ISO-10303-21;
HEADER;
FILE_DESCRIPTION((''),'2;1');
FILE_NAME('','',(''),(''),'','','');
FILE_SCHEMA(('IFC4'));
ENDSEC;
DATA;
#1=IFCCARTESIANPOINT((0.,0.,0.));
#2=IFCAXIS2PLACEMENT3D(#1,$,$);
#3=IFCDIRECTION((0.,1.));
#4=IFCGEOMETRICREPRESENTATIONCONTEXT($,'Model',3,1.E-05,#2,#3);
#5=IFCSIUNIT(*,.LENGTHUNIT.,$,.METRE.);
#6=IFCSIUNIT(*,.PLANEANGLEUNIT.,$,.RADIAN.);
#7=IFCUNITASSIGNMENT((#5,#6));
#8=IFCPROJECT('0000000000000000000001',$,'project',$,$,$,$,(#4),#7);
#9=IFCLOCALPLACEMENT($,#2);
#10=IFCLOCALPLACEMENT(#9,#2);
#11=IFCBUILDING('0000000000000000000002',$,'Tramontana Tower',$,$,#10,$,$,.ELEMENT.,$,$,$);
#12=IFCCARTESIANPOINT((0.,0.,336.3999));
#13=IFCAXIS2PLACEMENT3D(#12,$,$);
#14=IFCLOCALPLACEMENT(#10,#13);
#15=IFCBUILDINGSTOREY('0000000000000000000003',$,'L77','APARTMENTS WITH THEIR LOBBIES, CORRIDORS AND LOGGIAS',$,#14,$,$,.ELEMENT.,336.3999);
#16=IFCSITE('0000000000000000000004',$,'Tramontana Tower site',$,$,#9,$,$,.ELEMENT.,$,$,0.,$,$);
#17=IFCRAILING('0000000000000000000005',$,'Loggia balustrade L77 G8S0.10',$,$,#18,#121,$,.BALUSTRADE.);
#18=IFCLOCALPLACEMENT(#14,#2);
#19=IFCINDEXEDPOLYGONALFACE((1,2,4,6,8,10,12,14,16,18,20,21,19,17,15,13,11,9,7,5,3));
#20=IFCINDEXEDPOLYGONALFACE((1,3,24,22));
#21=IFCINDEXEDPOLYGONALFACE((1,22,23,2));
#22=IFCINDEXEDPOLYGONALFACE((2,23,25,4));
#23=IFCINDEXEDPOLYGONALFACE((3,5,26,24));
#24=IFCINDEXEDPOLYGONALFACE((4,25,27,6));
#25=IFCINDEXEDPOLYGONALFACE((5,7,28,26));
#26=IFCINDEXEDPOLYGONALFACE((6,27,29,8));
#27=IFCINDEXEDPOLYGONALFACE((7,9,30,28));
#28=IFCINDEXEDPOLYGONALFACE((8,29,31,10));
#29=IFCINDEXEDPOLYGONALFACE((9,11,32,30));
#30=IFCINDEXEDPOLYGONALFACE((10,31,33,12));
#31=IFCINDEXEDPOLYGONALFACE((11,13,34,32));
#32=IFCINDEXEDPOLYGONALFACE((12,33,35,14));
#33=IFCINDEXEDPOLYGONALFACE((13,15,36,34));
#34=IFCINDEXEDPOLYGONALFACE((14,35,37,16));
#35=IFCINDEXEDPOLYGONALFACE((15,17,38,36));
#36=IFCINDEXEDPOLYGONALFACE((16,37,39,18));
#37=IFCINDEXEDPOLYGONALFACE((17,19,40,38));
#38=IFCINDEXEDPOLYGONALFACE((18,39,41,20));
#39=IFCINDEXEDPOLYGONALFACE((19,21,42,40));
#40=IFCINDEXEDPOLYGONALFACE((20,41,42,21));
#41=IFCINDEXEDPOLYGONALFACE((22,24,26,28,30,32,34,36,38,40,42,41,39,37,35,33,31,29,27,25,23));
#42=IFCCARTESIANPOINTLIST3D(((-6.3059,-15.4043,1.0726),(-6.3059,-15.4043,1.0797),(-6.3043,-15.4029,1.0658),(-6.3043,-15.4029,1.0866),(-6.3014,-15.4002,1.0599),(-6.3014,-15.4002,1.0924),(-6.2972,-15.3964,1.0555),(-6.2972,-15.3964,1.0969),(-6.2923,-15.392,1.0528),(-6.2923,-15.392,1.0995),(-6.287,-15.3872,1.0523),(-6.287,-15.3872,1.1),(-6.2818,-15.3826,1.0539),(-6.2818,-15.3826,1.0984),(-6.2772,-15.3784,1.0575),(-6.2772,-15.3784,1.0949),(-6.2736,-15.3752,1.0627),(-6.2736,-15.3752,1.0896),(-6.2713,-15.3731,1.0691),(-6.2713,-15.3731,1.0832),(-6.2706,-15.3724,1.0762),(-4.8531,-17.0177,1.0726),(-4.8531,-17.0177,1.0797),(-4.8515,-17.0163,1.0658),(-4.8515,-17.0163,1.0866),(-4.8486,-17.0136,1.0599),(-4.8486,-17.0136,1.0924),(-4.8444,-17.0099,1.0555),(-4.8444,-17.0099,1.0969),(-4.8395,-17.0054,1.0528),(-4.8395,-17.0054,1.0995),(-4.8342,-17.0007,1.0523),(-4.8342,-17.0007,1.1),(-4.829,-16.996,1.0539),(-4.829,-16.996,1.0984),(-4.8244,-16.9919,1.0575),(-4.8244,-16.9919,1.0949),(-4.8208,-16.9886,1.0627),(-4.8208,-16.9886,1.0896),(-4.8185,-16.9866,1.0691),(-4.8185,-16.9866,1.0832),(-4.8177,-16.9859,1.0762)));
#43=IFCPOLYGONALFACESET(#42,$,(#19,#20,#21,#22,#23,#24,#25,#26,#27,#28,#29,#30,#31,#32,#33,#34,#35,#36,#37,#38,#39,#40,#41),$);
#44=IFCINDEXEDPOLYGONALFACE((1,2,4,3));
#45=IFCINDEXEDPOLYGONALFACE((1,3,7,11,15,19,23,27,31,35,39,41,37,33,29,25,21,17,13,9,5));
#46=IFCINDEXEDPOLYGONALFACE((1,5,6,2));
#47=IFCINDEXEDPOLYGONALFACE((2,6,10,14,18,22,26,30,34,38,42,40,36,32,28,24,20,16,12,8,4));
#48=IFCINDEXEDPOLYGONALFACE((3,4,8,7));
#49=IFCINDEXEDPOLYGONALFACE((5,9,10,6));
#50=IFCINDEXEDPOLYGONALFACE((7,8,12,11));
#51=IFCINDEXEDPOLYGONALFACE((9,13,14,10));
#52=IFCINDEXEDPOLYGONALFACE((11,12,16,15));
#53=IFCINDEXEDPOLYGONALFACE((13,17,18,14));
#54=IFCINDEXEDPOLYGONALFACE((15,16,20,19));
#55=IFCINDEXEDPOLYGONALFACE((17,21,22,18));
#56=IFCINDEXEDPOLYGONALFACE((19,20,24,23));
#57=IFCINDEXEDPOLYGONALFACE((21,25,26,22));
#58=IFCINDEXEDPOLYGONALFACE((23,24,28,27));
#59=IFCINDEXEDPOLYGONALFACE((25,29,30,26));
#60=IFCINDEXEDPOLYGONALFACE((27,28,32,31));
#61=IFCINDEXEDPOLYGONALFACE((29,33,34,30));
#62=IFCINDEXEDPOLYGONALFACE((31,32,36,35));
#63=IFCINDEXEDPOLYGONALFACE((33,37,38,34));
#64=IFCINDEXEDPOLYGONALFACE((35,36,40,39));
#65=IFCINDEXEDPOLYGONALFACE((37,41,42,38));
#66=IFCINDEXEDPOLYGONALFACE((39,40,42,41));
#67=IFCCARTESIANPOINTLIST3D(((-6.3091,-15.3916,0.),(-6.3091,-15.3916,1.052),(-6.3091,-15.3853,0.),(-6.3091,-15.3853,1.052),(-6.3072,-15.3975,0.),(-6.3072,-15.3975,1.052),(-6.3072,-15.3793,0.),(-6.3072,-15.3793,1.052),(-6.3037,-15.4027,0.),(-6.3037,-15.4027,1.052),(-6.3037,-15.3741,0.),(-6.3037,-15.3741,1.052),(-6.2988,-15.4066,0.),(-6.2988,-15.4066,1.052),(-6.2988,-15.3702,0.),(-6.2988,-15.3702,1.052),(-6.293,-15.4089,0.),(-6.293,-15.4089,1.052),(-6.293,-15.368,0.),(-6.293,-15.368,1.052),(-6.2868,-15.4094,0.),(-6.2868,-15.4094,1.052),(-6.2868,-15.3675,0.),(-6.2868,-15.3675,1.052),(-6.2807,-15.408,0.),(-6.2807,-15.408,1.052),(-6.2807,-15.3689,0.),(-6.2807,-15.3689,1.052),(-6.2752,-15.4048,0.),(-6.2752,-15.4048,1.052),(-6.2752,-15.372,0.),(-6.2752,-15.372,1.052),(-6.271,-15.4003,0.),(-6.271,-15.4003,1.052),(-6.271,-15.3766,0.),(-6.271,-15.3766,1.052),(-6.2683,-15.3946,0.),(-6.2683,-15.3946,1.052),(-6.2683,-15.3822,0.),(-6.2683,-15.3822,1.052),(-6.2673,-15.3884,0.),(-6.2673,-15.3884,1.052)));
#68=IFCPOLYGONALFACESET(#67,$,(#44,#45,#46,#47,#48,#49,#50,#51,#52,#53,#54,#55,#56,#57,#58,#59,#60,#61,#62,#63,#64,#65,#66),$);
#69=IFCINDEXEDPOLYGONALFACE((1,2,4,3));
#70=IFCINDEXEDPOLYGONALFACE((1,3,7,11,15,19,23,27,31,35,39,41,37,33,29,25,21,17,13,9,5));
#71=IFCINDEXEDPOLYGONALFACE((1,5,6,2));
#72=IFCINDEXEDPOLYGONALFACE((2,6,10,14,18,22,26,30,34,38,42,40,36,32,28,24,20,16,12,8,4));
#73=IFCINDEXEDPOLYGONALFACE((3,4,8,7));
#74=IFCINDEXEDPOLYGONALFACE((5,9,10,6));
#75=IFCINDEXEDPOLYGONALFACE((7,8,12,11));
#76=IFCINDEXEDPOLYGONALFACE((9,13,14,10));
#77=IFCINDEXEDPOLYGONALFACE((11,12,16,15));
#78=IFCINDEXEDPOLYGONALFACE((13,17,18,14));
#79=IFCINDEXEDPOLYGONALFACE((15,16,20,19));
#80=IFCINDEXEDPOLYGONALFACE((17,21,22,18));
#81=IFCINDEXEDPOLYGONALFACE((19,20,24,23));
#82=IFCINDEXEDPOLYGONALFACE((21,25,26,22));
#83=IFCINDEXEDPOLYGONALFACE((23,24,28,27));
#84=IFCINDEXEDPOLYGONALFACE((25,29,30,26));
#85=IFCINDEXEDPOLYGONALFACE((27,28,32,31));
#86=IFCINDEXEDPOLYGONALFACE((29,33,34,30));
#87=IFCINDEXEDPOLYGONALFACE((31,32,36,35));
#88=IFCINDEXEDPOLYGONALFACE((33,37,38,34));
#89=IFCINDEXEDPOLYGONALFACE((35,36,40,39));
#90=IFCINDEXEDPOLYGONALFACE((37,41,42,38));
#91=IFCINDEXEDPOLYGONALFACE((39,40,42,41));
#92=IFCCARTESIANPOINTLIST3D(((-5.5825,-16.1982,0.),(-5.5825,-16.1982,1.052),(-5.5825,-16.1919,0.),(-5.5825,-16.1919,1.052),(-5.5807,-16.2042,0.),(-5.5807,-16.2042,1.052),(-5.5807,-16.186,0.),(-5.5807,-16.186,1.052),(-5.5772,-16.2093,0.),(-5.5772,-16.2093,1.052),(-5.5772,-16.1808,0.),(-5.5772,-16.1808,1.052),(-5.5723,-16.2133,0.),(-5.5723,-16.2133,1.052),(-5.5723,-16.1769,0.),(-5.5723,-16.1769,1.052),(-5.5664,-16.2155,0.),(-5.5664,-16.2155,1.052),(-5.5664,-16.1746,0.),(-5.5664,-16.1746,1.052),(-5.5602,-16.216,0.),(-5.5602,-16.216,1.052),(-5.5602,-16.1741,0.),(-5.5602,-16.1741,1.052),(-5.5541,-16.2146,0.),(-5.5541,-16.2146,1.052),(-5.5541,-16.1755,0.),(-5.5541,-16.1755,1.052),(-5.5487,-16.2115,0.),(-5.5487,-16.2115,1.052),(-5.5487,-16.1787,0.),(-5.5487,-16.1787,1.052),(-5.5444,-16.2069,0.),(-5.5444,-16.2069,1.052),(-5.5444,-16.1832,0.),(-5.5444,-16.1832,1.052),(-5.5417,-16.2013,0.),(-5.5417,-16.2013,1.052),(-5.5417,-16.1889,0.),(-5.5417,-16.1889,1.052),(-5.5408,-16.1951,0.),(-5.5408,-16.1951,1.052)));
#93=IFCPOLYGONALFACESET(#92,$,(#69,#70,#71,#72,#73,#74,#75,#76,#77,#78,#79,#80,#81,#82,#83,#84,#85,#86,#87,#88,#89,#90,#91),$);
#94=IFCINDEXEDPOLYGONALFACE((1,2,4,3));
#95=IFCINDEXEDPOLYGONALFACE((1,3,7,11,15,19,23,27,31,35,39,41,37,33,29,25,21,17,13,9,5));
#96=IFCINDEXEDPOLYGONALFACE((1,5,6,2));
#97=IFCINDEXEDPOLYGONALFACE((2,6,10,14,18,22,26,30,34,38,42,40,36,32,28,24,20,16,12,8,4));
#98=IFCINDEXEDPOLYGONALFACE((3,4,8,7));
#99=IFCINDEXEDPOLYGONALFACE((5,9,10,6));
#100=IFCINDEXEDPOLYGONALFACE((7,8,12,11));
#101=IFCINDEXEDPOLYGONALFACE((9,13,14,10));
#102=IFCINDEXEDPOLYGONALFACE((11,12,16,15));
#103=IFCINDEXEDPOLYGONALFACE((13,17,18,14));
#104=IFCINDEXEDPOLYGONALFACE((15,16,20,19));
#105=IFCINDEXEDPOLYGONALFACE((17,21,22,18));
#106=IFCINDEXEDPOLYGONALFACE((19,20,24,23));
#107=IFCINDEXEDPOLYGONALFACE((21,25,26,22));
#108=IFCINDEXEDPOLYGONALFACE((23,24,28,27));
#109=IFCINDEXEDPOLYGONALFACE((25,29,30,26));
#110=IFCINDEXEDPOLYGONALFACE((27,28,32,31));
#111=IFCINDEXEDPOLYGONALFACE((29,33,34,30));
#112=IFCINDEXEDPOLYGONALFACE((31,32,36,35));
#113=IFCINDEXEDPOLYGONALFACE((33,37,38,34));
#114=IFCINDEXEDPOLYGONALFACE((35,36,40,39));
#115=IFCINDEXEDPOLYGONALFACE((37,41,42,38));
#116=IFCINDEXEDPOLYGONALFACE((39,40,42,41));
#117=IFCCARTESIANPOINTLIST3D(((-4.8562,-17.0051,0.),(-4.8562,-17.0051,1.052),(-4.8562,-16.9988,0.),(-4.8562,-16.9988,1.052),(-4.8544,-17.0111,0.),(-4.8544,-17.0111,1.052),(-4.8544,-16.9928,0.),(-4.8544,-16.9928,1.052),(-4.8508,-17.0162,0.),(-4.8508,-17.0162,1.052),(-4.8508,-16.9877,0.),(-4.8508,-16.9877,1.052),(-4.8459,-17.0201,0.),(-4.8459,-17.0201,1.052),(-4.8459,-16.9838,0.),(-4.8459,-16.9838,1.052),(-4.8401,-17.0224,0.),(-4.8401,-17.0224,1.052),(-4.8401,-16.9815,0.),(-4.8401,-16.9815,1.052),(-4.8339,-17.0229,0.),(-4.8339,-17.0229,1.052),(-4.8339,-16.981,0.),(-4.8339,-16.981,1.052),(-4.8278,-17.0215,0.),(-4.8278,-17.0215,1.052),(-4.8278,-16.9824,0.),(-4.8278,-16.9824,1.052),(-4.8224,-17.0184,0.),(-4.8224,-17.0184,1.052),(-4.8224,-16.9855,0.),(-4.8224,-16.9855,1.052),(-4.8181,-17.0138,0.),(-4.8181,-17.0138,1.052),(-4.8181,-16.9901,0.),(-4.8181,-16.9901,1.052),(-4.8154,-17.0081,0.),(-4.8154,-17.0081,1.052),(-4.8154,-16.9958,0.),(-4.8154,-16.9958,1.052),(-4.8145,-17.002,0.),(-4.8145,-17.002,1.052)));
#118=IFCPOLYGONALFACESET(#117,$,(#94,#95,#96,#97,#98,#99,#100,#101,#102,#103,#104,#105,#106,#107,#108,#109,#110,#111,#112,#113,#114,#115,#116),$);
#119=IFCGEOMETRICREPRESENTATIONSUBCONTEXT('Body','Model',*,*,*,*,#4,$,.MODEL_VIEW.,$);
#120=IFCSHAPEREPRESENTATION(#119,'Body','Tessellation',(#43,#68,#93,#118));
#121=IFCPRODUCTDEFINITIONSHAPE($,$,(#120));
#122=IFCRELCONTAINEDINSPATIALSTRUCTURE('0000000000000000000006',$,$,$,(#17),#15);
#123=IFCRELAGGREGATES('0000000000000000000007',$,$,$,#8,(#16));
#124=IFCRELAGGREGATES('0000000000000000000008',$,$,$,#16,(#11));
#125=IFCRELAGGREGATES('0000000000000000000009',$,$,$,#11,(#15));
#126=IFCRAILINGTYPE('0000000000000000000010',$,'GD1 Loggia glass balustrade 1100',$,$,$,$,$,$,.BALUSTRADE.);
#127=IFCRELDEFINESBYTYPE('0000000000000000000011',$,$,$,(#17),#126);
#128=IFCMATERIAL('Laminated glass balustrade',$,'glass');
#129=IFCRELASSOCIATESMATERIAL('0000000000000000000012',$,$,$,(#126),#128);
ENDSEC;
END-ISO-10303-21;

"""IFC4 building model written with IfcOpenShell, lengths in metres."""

from ifc_helpers import new_model, si_unit, direction, frame, origin, origin_2d, place, context, subcontext, project, spatial, circle, extrude, material, type_object, element, save


model = new_model("IFC4")

# Units and contexts
model_context = context("Model", 3, precision=1e-05, world=origin(), true_north=direction((0.0, 1.0)))
body_context = subcontext(model_context, "Body", "Model", "MODEL_VIEW")
ifc_project = project(units=[si_unit("LENGTHUNIT", "METRE"), si_unit("PLANEANGLEUNIT", "RADIAN")], contexts=[model_context])

# Site, building, storey
site_placement = place(None, origin())
site = spatial("IfcSite", under=ifc_project, at=site_placement, Name="Tramontana Tower site", CompositionType="ELEMENT", RefElevation=0.0)
building_placement = place(site_placement, origin())
building = spatial("IfcBuilding", under=site, at=building_placement, Name="Tramontana Tower", CompositionType="ELEMENT")
storey_placement = place(building_placement, frame((0.0, 0.0, 336.3999)))
storey = spatial("IfcBuildingStorey", under=building, at=storey_placement, Name="L77", Description="APARTMENTS WITH THEIR LOBBIES, CORRIDORS AND LOGGIAS", CompositionType="ELEMENT", Elevation=336.3999)

# Railing
ifc_material_1 = material(Name="Laminated glass balustrade", Category="glass")
railing_type = type_object("IfcRailingType", Name="GD1 Loggia glass balustrade 1100", PredefinedType="BALUSTRADE", material=ifc_material_1)
railing_1_placement = place(storey_placement, frame((-6.2883, -15.3884, 0.0)))
element("IfcRailing", 1, at=railing_1_placement, inside=storey, type_object=railing_type, Name="Loggia balustrade L77 G8S0.10", PredefinedType="BALUSTRADE", context=body_context, shape_type="SweptSolid", body=[
    extrude(circle(Radius=0.0239, at=origin_2d()), frame((0.0, 0.0, 1.0762), z_axis=(0.669145, -0.743132, 0.0), x_axis=(0.743132, 0.669145, 0.0)), (0.0, 0.0, 1.0), 2.1711),
    extrude(circle(Radius=0.021, at=origin_2d()), origin(), (0.0, 0.0, 1.0), 1.052),
    extrude(circle(Radius=0.021, at=origin_2d()), frame((0.7266, -0.8066, 0.0)), (0.0, 0.0, 1.0), 1.052),
    extrude(circle(Radius=0.021, at=origin_2d()), frame((1.4529, -1.6135, 0.0)), (0.0, 0.0, 1.0), 1.052),
])

save(model, "model.ifc")
